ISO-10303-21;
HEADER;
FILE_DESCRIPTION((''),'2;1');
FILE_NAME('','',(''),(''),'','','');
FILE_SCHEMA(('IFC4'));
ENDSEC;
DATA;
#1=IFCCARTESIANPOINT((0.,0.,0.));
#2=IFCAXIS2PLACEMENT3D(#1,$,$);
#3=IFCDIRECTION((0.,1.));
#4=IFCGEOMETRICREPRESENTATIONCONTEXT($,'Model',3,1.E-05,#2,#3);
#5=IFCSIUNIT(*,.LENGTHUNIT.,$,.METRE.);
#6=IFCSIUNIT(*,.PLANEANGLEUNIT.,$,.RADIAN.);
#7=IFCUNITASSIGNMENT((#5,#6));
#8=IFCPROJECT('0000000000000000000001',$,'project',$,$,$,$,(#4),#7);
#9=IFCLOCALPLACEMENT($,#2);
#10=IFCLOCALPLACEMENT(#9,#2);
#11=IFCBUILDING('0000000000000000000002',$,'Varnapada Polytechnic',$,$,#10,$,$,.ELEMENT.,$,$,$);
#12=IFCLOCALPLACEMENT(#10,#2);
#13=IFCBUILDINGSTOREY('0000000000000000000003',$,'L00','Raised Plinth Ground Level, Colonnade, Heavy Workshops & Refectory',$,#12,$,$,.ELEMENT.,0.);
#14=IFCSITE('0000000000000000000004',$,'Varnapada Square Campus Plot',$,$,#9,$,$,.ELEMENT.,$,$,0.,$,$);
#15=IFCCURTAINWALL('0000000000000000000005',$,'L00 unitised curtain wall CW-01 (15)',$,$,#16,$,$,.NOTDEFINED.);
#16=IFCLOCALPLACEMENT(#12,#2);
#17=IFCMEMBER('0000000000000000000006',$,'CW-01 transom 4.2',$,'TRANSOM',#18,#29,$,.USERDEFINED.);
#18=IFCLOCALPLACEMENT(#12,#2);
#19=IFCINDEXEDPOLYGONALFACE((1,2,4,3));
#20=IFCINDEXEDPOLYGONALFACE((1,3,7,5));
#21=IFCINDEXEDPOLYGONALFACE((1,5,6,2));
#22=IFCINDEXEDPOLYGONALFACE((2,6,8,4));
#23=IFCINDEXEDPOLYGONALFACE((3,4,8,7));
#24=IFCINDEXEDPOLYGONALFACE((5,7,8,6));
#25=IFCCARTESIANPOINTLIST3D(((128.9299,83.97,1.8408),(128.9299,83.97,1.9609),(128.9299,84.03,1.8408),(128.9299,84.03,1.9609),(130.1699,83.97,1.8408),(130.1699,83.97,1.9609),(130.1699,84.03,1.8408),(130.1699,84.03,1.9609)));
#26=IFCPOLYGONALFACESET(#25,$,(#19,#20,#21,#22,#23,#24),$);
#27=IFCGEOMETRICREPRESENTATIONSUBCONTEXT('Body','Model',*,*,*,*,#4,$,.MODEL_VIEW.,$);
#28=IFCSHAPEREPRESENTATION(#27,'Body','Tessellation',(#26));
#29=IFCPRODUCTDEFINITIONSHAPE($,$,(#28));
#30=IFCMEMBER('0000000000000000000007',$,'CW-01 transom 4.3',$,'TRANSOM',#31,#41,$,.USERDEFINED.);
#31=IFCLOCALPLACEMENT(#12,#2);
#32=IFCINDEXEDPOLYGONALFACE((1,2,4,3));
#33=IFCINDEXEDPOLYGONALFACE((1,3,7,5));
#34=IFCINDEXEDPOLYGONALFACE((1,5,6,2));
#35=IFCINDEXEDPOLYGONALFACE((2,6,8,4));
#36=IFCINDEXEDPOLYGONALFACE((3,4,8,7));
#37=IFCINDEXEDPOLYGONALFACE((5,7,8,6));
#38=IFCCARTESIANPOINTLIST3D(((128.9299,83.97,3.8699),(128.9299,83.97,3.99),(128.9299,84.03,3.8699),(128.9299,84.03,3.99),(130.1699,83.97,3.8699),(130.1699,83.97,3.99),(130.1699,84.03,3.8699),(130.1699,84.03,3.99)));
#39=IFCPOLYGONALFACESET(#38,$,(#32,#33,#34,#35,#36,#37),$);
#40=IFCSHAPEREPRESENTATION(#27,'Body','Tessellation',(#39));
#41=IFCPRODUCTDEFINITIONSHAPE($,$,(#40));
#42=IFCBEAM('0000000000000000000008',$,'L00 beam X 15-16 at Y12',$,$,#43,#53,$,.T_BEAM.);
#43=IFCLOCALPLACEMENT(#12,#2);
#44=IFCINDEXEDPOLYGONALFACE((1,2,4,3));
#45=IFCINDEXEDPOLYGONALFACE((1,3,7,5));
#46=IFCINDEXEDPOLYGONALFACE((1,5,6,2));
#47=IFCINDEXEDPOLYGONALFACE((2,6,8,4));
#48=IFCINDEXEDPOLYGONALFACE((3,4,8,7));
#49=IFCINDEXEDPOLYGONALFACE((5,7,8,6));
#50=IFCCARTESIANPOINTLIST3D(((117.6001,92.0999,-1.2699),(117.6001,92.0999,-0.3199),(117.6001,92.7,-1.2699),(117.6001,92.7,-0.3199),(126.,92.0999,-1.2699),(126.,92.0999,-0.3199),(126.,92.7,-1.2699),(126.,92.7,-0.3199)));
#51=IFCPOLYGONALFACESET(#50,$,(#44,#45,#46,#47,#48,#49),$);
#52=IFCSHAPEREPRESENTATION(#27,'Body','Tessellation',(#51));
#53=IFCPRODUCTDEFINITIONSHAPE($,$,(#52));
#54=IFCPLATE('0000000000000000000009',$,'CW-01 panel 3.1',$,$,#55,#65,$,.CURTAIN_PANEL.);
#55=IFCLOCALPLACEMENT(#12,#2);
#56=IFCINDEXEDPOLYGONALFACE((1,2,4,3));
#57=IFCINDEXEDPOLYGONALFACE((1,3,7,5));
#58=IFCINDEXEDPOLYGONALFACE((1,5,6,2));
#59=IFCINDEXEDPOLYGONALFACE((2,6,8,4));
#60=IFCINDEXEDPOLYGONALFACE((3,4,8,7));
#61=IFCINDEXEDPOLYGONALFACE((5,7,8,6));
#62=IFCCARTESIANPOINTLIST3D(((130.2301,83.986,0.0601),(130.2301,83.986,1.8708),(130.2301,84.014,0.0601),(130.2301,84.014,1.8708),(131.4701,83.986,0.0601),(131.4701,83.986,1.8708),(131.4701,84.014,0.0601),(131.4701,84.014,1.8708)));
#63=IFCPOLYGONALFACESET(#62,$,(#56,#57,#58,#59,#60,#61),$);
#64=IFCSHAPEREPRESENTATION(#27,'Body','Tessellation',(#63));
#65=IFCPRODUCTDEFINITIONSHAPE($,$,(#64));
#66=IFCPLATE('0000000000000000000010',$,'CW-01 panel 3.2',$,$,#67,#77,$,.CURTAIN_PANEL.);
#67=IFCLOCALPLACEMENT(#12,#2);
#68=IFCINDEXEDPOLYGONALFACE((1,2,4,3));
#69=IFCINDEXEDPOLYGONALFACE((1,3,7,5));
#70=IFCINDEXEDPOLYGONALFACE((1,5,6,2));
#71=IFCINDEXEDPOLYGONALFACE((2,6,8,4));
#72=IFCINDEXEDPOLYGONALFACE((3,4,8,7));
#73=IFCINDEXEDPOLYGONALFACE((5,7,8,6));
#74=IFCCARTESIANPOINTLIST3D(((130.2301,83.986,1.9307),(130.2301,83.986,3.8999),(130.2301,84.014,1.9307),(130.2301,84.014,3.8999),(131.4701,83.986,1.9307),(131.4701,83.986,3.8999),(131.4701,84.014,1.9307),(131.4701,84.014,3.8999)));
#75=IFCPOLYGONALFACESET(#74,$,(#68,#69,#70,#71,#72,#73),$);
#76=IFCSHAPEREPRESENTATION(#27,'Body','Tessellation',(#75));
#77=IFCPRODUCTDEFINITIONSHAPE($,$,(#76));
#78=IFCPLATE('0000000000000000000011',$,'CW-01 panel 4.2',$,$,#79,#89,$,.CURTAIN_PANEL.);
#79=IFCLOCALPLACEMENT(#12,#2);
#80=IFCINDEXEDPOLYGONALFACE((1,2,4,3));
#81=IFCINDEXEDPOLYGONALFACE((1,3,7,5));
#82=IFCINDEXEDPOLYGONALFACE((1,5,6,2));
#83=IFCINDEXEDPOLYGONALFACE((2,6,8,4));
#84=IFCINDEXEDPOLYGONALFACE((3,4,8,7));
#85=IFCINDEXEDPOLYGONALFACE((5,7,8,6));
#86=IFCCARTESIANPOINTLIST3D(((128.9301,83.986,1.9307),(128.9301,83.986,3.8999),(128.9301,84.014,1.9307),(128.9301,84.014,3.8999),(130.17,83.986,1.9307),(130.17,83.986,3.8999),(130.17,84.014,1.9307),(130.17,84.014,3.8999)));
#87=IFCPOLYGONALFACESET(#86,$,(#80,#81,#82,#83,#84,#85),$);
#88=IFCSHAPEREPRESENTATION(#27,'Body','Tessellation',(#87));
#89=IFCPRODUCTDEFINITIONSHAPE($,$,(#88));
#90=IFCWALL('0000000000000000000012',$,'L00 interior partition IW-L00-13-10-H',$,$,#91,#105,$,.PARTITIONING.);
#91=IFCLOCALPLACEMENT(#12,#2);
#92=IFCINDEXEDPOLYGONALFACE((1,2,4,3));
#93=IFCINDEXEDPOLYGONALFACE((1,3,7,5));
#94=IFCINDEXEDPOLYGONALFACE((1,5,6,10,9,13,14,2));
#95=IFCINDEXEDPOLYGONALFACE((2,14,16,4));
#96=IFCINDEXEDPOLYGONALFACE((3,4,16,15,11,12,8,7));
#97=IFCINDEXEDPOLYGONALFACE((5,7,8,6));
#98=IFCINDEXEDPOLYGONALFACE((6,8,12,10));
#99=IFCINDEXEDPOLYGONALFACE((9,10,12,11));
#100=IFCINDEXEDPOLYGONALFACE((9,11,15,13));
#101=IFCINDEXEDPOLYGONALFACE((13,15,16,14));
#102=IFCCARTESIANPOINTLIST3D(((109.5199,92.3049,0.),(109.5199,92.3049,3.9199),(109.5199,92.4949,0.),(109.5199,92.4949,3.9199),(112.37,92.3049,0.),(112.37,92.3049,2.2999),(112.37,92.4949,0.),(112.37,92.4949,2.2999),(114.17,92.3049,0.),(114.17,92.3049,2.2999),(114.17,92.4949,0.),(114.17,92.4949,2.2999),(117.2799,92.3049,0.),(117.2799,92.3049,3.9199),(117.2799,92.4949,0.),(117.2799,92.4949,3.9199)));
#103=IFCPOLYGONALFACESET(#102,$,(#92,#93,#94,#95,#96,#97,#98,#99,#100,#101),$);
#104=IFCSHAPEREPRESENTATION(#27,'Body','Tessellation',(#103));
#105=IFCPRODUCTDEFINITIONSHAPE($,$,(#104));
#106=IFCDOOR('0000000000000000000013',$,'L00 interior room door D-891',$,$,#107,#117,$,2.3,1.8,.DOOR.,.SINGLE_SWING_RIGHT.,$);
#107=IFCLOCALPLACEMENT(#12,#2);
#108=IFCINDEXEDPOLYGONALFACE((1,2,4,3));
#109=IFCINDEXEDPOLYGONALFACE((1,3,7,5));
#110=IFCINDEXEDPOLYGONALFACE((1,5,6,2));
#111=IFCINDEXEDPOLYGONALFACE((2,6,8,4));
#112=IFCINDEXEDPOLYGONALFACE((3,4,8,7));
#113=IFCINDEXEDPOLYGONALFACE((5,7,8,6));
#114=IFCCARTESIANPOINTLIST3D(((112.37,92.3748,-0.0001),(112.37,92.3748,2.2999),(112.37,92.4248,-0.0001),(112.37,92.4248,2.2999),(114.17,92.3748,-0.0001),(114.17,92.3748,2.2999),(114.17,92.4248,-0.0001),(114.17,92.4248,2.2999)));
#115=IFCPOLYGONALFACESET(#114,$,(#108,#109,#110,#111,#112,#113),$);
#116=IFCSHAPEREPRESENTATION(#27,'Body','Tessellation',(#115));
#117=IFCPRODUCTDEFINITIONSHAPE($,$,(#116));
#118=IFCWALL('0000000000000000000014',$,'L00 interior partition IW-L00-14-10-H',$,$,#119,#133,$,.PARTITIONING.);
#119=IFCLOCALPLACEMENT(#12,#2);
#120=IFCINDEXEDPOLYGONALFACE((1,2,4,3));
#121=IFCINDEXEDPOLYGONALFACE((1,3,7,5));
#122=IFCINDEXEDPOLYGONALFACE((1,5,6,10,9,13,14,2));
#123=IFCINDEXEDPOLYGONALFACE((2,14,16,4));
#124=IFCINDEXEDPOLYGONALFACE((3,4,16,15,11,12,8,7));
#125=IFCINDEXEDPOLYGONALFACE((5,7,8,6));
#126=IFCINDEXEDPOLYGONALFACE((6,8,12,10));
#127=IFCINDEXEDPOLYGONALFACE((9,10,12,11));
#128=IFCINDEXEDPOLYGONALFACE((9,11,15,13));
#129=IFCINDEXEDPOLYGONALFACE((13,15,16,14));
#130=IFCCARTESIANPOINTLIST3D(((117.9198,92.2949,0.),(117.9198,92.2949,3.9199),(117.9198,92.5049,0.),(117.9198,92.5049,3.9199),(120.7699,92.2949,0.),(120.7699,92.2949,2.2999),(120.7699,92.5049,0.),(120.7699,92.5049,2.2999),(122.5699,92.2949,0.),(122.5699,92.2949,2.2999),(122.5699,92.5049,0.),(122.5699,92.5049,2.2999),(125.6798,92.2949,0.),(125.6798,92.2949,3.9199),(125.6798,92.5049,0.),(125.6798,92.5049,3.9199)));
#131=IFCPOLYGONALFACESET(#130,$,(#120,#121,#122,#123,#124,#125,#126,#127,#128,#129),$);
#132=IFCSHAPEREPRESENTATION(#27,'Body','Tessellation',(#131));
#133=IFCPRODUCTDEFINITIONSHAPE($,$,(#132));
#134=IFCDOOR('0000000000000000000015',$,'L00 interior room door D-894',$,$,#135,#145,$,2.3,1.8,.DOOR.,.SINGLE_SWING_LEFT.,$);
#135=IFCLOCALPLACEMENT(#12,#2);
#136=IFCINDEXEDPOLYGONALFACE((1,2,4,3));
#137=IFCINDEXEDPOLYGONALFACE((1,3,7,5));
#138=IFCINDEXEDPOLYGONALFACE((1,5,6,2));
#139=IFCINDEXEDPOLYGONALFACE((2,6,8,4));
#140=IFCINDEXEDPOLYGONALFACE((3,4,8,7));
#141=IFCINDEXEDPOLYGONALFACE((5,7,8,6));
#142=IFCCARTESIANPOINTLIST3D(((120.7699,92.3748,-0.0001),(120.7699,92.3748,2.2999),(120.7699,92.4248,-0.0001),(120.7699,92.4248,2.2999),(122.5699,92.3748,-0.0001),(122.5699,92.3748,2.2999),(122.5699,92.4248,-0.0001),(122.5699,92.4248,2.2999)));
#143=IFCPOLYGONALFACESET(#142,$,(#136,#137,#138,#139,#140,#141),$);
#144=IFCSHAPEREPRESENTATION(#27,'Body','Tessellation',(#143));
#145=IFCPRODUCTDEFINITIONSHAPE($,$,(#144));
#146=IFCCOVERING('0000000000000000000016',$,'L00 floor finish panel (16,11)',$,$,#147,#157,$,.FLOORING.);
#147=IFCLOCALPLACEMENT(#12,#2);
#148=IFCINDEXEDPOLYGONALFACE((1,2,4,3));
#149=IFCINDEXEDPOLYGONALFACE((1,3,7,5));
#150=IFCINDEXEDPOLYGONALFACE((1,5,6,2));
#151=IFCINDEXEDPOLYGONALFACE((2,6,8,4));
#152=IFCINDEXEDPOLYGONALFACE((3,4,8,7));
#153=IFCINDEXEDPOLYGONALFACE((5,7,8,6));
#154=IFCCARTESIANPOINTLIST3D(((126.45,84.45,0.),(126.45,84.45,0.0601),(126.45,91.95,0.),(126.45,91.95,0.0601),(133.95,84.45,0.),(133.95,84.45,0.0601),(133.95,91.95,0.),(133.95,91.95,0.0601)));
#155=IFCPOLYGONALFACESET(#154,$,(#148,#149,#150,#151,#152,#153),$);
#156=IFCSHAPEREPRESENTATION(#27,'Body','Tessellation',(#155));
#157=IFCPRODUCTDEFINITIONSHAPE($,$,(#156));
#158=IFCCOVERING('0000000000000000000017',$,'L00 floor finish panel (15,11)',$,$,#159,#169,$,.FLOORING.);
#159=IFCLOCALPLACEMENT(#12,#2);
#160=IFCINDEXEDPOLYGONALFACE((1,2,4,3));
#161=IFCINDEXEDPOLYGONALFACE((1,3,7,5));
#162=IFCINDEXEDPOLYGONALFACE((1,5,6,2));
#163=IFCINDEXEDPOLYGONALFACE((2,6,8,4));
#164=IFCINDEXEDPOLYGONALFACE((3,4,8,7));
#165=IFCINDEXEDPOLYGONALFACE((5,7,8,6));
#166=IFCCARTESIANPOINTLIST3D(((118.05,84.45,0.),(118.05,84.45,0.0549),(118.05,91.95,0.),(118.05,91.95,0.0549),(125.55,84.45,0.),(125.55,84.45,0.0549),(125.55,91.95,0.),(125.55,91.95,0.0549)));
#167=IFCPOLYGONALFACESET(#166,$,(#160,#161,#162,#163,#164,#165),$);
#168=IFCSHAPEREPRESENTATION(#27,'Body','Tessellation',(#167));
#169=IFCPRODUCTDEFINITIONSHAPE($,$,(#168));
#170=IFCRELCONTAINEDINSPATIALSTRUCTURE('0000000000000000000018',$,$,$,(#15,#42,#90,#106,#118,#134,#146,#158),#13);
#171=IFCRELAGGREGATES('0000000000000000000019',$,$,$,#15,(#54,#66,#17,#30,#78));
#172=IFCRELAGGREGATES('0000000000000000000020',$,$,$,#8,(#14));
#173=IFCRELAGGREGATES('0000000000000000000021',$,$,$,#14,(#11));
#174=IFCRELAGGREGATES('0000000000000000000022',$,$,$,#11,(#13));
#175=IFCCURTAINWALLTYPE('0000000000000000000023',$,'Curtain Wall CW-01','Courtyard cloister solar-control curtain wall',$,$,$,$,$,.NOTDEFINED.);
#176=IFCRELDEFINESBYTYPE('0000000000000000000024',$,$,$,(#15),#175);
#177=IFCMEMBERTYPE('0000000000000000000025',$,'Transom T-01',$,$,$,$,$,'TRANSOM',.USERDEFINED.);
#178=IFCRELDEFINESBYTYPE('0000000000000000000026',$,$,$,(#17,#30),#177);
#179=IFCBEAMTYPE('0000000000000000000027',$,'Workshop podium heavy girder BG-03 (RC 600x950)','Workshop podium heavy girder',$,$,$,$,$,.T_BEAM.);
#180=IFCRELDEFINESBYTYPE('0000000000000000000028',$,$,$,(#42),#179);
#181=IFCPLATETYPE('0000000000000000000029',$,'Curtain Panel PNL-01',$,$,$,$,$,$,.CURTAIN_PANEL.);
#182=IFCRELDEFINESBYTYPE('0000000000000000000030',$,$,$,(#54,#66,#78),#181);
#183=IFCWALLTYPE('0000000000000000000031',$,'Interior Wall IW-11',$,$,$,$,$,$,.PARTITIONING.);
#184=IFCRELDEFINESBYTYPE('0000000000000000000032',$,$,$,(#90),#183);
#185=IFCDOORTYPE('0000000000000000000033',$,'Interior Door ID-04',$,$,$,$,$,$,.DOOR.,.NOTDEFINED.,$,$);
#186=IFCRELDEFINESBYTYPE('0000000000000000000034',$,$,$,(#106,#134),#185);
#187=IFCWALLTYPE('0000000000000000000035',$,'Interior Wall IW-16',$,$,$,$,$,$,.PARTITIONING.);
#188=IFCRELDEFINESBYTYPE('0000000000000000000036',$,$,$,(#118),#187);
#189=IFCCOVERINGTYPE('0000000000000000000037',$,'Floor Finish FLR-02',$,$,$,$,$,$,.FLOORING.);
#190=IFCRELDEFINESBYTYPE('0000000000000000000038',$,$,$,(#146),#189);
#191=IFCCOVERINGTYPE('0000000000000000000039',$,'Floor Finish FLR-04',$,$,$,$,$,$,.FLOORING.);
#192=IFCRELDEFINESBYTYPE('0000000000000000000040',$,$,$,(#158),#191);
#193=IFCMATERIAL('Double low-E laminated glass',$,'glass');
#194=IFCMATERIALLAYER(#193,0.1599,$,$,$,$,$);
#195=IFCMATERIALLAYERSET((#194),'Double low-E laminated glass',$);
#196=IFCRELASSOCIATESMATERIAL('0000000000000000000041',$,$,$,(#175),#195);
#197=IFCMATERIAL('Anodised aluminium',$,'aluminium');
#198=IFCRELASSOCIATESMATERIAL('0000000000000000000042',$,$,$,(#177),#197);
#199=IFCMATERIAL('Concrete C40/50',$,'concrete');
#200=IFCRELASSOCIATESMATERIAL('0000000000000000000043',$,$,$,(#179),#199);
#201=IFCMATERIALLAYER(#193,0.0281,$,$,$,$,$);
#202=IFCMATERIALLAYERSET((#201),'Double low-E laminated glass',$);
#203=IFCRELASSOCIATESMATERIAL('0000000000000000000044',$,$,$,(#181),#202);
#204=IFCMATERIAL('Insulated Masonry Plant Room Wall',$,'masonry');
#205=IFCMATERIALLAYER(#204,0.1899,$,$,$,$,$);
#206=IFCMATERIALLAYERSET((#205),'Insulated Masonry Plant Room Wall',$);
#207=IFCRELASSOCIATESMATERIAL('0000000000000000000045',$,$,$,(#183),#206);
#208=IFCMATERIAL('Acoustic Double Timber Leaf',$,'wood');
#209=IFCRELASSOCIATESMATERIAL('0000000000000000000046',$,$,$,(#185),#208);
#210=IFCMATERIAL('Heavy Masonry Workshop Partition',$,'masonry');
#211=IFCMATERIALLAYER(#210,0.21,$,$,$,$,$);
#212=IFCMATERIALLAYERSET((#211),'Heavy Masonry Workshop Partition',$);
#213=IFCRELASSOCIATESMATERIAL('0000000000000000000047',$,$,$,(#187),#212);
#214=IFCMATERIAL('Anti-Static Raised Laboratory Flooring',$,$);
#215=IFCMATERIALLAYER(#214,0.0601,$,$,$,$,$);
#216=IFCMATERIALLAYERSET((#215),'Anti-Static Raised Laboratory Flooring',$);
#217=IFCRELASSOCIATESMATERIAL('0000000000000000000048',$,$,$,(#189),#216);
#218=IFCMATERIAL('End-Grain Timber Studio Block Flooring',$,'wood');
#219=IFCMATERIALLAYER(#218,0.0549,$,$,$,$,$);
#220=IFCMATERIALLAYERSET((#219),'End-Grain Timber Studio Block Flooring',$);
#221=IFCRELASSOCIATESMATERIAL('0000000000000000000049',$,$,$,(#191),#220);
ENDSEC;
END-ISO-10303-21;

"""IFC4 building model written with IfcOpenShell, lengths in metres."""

from ifc_helpers import new_model, si_unit, direction, frame, frame_2d, origin, origin_2d, place, context, subcontext, project, spatial, rectangle, extrude, material, layer, layer_set, material_profile, profile_set, type_object, element, fill, aggregate, save


model = new_model("IFC4")

# Units and contexts
model_context = context("Model", 3, precision=1e-05, world=origin(), true_north=direction((0.0, 1.0)))
body_context = subcontext(model_context, "Body", "Model", "MODEL_VIEW")
ifc_project = project(units=[si_unit("LENGTHUNIT", "METRE"), si_unit("PLANEANGLEUNIT", "RADIAN")], contexts=[model_context])

# Site, building, storey
site_placement = place(None, origin())
site = spatial("IfcSite", under=ifc_project, at=site_placement, Name="Varnapada Square Campus Plot", CompositionType="ELEMENT", RefElevation=0.0)
building_placement = place(site_placement, origin())
building = spatial("IfcBuilding", under=site, at=building_placement, Name="Varnapada Polytechnic", CompositionType="ELEMENT")
storey_placement = place(building_placement, origin())
storey = spatial("IfcBuildingStorey", under=building, at=storey_placement, Name="L00", Description="Raised Plinth Ground Level, Colonnade, Heavy Workshops & Refectory", CompositionType="ELEMENT", Elevation=0.0)

# Shared definitions
ifc_material_1 = material(Name="Concrete C40/50", Category="concrete")

# Curtain wall
ifc_material_2 = material(Name="Double low-E laminated glass", Category="glass")
ifc_layer_1 = layer(ifc_material_2, 0.1599)
ifc_layer_set_1 = layer_set([ifc_layer_1], Name="Double low-E laminated glass")
curtain_wall_type = type_object("IfcCurtainWallType", Name="Curtain Wall CW-01", Description="Courtyard cloister solar-control curtain wall", PredefinedType="NOTDEFINED", material=ifc_layer_set_1)
curtain_wall_placement = place(storey_placement, origin())
curtain_wall = element("IfcCurtainWall", 1, at=curtain_wall_placement, inside=storey, type_object=curtain_wall_type, Name="L00 unitised curtain wall CW-01 (15)", PredefinedType="NOTDEFINED")
ifc_material_3 = material(Name="Anodised aluminium", Category="aluminium")

# Members
ifc_material_profile_1 = material_profile(ifc_material_3, rectangle(XDim=0.0601, YDim=0.1201, at=origin_2d()), Name="ALU T60x120")
ifc_profile_set_1 = profile_set([ifc_material_profile_1], Name="Anodised aluminium")
member_type_1 = type_object("IfcMemberType", Name="Transom T-01", ElementType="TRANSOM", PredefinedType="USERDEFINED", material=ifc_profile_set_1)
member_1_placement = place(storey_placement, frame((130.1699, 84.0, 1.9009), z_axis=(-1.0, 0.0, 0.0), x_axis=(0.0, -1.0, 0.0)))
member_1 = element("IfcMember", 2, at=member_1_placement, type_object=member_type_1, Name="CW-01 transom 4.2", ObjectType="TRANSOM", PredefinedType="USERDEFINED", context=body_context, shape_type="SweptSolid", body=[
    extrude(rectangle(XDim=0.0601, YDim=0.1201, at=origin_2d()), origin(), (0.0, 0.0, 1.0), 1.24),
])
member_2_placement = place(storey_placement, frame((130.1699, 84.0, 3.9299), z_axis=(-1.0, 0.0, 0.0), x_axis=(0.0, -1.0, 0.0)))
member_2 = element("IfcMember", 3, at=member_2_placement, type_object=member_type_1, Name="CW-01 transom 4.3", ObjectType="TRANSOM", PredefinedType="USERDEFINED", context=body_context, shape_type="SweptSolid", body=[
    extrude(rectangle(XDim=0.0601, YDim=0.1201, at=origin_2d()), origin(), (0.0, 0.0, 1.0), 1.24),
])

# Beam
ifc_material_profile_2 = material_profile(ifc_material_1, rectangle(XDim=0.6001, YDim=0.95, at=origin_2d()), Name="RC 600x950")
ifc_profile_set_2 = profile_set([ifc_material_profile_2], Name="Concrete C40/50")
beam_type_1 = type_object("IfcBeamType", Name="Workshop podium heavy girder BG-03 (RC 600x950)", Description="Workshop podium heavy girder", PredefinedType="T_BEAM", material=ifc_profile_set_2)
beam_1_placement = place(storey_placement, frame((117.6001, 92.3999, -0.7949), z_axis=(1.0, 0.0, 0.0), x_axis=(0.0, 1.0, 0.0)))
element("IfcBeam", 4, at=beam_1_placement, inside=storey, type_object=beam_type_1, Name="L00 beam X 15-16 at Y12", PredefinedType="T_BEAM", context=body_context, shape_type="SweptSolid", body=[
    extrude(rectangle(XDim=0.6001, YDim=0.95, at=origin_2d()), origin(), (0.0, 0.0, 1.0), 8.3999),
])

# Plates
ifc_layer_2 = layer(ifc_material_2, 0.0281)
ifc_layer_set_2 = layer_set([ifc_layer_2], Name="Double low-E laminated glass")
plate_type = type_object("IfcPlateType", Name="Curtain Panel PNL-01", PredefinedType="CURTAIN_PANEL", material=ifc_layer_set_2)
plate_1_placement = place(storey_placement, frame((130.8501, 84.0, 0.0601), z_axis=(0.0, 0.0, 1.0), x_axis=(-1.0, 0.0, 0.0)))
plate_1 = element("IfcPlate", 5, at=plate_1_placement, type_object=plate_type, Name="CW-01 panel 3.1", PredefinedType="CURTAIN_PANEL", context=body_context, shape_type="SweptSolid", body=[
    extrude(rectangle(XDim=1.24, YDim=0.0281, at=origin_2d()), origin(), (0.0, 0.0, 1.0), 1.8108),
])
plate_2_placement = place(storey_placement, frame((130.8501, 84.0, 1.9307), z_axis=(0.0, 0.0, 1.0), x_axis=(-1.0, 0.0, 0.0)))
plate_2 = element("IfcPlate", 6, at=plate_2_placement, type_object=plate_type, Name="CW-01 panel 3.2", PredefinedType="CURTAIN_PANEL", context=body_context, shape_type="SweptSolid", body=[
    extrude(rectangle(XDim=1.24, YDim=0.0281, at=origin_2d()), origin(), (0.0, 0.0, 1.0), 1.9692),
])
plate_3_placement = place(storey_placement, frame((129.55, 84.0, 1.9307), z_axis=(0.0, 0.0, 1.0), x_axis=(-1.0, 0.0, 0.0)))
plate_3 = element("IfcPlate", 7, at=plate_3_placement, type_object=plate_type, Name="CW-01 panel 4.2", PredefinedType="CURTAIN_PANEL", context=body_context, shape_type="SweptSolid", body=[
    extrude(rectangle(XDim=1.24, YDim=0.0281, at=origin_2d()), origin(), (0.0, 0.0, 1.0), 1.9692),
])
aggregate(curtain_wall, [plate_1, plate_2, member_1, member_2, plate_3])

# Walls, openings, doors
ifc_material_4 = material(Name="Insulated Masonry Plant Room Wall", Category="masonry")
ifc_layer_3 = layer(ifc_material_4, 0.1899)
ifc_layer_set_3 = layer_set([ifc_layer_3], Name="Insulated Masonry Plant Room Wall")
wall_type_1 = type_object("IfcWallType", Name="Interior Wall IW-11", PredefinedType="PARTITIONING", material=ifc_layer_set_3)
wall_1_placement = place(storey_placement, frame((109.52, 92.3999, 0.0), z_axis=(0.0, 0.0, 1.0), x_axis=(1.0, 0.0, 0.0)))
wall_1 = element("IfcWall", 8, at=wall_1_placement, inside=storey, type_object=wall_type_1, Name="L00 interior partition IW-L00-13-10-H", PredefinedType="PARTITIONING", context=body_context, shape_type="SweptSolid", body=[
    extrude(rectangle(XDim=7.76, YDim=0.1899, at=frame_2d((3.8799, 0.0))), origin(), (0.0, 0.0, 1.0), 3.9199),
])
opening_1_placement = place(wall_1_placement, frame((2.8501, 0.0, 0.0)))
opening_1 = element("IfcOpeningElement", 9, at=opening_1_placement, cuts=wall_1, PredefinedType="OPENING", context=body_context, shape_type="SweptSolid", body=[
    extrude(rectangle(XDim=1.8, YDim=2.3, at=frame_2d((0.8999, 1.1499))), frame((0.0, 0.105, 0.0), z_axis=(0.0, -1.0, 0.0), x_axis=(1.0, 0.0, 0.0)), (0.0, 0.0, 1.0), 0.21),
])
ifc_material_5 = material(Name="Acoustic Double Timber Leaf", Category="wood")
door_type = type_object("IfcDoorType", Name="Interior Door ID-04", OperationType="NOTDEFINED", PredefinedType="DOOR", material=ifc_material_5)
door_1_placement = place(opening_1_placement, origin())
door_1 = element("IfcDoor", 10, at=door_1_placement, inside=storey, type_object=door_type, Name="L00 interior room door D-891", OperationType="SINGLE_SWING_RIGHT", OverallHeight=2.3, OverallWidth=1.8, PredefinedType="DOOR", context=body_context, shape_type="SweptSolid", body=[
    extrude(rectangle(XDim=1.8, YDim=2.3, at=frame_2d((0.8999, 1.1499))), frame((0.0, 0.0249, 0.0), z_axis=(0.0, -1.0, 0.0), x_axis=(1.0, 0.0, 0.0)), (0.0, 0.0, 1.0), 0.05),
])
fill(opening_1, door_1)
ifc_material_6 = material(Name="Heavy Masonry Workshop Partition", Category="masonry")
ifc_layer_4 = layer(ifc_material_6, 0.21)
ifc_layer_set_4 = layer_set([ifc_layer_4], Name="Heavy Masonry Workshop Partition")
wall_type_2 = type_object("IfcWallType", Name="Interior Wall IW-16", PredefinedType="PARTITIONING", material=ifc_layer_set_4)
wall_2_placement = place(storey_placement, frame((117.9199, 92.3999, 0.0), z_axis=(0.0, 0.0, 1.0), x_axis=(1.0, 0.0, 0.0)))
wall_2 = element("IfcWall", 11, at=wall_2_placement, inside=storey, type_object=wall_type_2, Name="L00 interior partition IW-L00-14-10-H", PredefinedType="PARTITIONING", context=body_context, shape_type="SweptSolid", body=[
    extrude(rectangle(XDim=7.76, YDim=0.21, at=frame_2d((3.8799, 0.0))), origin(), (0.0, 0.0, 1.0), 3.9199),
])
opening_2_placement = place(wall_2_placement, frame((2.8501, 0.0, 0.0)))
opening_2 = element("IfcOpeningElement", 12, at=opening_2_placement, cuts=wall_2, PredefinedType="OPENING", context=body_context, shape_type="SweptSolid", body=[
    extrude(rectangle(XDim=1.8, YDim=2.3, at=frame_2d((0.8999, 1.1499))), frame((0.0, 0.115, 0.0), z_axis=(0.0, -1.0, 0.0), x_axis=(1.0, 0.0, 0.0)), (0.0, 0.0, 1.0), 0.23),
])
door_2_placement = place(opening_2_placement, origin())
door_2 = element("IfcDoor", 13, at=door_2_placement, inside=storey, type_object=door_type, Name="L00 interior room door D-894", OperationType="SINGLE_SWING_LEFT", OverallHeight=2.3, OverallWidth=1.8, PredefinedType="DOOR", context=body_context, shape_type="SweptSolid", body=[
    extrude(rectangle(XDim=1.8, YDim=2.3, at=frame_2d((0.8999, 1.1499))), frame((0.0, 0.0249, 0.0), z_axis=(0.0, -1.0, 0.0), x_axis=(1.0, 0.0, 0.0)), (0.0, 0.0, 1.0), 0.05),
])
fill(opening_2, door_2)

# Coverings
ifc_material_7 = material(Name="Anti-Static Raised Laboratory Flooring")
ifc_layer_5 = layer(ifc_material_7, 0.0601)
ifc_layer_set_5 = layer_set([ifc_layer_5], Name="Anti-Static Raised Laboratory Flooring")
covering_type_1 = type_object("IfcCoveringType", Name="Floor Finish FLR-02", PredefinedType="FLOORING", material=ifc_layer_set_5)
covering_1_placement = place(storey_placement, frame((130.2, 88.2, 0.0), z_axis=(0.0, 0.0, 1.0), x_axis=(1.0, 0.0, 0.0)))
element("IfcCovering", 14, at=covering_1_placement, inside=storey, type_object=covering_type_1, Name="L00 floor finish panel (16,11)", PredefinedType="FLOORING", context=body_context, shape_type="SweptSolid", body=[
    extrude(rectangle(XDim=7.5, YDim=7.5, at=origin_2d()), origin(), (0.0, 0.0, 1.0), 0.0601),
])
ifc_material_8 = material(Name="End-Grain Timber Studio Block Flooring", Category="wood")
ifc_layer_6 = layer(ifc_material_8, 0.0549)
ifc_layer_set_6 = layer_set([ifc_layer_6], Name="End-Grain Timber Studio Block Flooring")
covering_type_2 = type_object("IfcCoveringType", Name="Floor Finish FLR-04", PredefinedType="FLOORING", material=ifc_layer_set_6)
covering_2_placement = place(storey_placement, frame((121.8, 88.2, 0.0), z_axis=(0.0, 0.0, 1.0), x_axis=(1.0, 0.0, 0.0)))
element("IfcCovering", 15, at=covering_2_placement, inside=storey, type_object=covering_type_2, Name="L00 floor finish panel (15,11)", PredefinedType="FLOORING", context=body_context, shape_type="SweptSolid", body=[
    extrude(rectangle(XDim=7.5, YDim=7.5, at=origin_2d()), origin(), (0.0, 0.0, 1.0), 0.0549),
])

save(model, "model.ifc")
